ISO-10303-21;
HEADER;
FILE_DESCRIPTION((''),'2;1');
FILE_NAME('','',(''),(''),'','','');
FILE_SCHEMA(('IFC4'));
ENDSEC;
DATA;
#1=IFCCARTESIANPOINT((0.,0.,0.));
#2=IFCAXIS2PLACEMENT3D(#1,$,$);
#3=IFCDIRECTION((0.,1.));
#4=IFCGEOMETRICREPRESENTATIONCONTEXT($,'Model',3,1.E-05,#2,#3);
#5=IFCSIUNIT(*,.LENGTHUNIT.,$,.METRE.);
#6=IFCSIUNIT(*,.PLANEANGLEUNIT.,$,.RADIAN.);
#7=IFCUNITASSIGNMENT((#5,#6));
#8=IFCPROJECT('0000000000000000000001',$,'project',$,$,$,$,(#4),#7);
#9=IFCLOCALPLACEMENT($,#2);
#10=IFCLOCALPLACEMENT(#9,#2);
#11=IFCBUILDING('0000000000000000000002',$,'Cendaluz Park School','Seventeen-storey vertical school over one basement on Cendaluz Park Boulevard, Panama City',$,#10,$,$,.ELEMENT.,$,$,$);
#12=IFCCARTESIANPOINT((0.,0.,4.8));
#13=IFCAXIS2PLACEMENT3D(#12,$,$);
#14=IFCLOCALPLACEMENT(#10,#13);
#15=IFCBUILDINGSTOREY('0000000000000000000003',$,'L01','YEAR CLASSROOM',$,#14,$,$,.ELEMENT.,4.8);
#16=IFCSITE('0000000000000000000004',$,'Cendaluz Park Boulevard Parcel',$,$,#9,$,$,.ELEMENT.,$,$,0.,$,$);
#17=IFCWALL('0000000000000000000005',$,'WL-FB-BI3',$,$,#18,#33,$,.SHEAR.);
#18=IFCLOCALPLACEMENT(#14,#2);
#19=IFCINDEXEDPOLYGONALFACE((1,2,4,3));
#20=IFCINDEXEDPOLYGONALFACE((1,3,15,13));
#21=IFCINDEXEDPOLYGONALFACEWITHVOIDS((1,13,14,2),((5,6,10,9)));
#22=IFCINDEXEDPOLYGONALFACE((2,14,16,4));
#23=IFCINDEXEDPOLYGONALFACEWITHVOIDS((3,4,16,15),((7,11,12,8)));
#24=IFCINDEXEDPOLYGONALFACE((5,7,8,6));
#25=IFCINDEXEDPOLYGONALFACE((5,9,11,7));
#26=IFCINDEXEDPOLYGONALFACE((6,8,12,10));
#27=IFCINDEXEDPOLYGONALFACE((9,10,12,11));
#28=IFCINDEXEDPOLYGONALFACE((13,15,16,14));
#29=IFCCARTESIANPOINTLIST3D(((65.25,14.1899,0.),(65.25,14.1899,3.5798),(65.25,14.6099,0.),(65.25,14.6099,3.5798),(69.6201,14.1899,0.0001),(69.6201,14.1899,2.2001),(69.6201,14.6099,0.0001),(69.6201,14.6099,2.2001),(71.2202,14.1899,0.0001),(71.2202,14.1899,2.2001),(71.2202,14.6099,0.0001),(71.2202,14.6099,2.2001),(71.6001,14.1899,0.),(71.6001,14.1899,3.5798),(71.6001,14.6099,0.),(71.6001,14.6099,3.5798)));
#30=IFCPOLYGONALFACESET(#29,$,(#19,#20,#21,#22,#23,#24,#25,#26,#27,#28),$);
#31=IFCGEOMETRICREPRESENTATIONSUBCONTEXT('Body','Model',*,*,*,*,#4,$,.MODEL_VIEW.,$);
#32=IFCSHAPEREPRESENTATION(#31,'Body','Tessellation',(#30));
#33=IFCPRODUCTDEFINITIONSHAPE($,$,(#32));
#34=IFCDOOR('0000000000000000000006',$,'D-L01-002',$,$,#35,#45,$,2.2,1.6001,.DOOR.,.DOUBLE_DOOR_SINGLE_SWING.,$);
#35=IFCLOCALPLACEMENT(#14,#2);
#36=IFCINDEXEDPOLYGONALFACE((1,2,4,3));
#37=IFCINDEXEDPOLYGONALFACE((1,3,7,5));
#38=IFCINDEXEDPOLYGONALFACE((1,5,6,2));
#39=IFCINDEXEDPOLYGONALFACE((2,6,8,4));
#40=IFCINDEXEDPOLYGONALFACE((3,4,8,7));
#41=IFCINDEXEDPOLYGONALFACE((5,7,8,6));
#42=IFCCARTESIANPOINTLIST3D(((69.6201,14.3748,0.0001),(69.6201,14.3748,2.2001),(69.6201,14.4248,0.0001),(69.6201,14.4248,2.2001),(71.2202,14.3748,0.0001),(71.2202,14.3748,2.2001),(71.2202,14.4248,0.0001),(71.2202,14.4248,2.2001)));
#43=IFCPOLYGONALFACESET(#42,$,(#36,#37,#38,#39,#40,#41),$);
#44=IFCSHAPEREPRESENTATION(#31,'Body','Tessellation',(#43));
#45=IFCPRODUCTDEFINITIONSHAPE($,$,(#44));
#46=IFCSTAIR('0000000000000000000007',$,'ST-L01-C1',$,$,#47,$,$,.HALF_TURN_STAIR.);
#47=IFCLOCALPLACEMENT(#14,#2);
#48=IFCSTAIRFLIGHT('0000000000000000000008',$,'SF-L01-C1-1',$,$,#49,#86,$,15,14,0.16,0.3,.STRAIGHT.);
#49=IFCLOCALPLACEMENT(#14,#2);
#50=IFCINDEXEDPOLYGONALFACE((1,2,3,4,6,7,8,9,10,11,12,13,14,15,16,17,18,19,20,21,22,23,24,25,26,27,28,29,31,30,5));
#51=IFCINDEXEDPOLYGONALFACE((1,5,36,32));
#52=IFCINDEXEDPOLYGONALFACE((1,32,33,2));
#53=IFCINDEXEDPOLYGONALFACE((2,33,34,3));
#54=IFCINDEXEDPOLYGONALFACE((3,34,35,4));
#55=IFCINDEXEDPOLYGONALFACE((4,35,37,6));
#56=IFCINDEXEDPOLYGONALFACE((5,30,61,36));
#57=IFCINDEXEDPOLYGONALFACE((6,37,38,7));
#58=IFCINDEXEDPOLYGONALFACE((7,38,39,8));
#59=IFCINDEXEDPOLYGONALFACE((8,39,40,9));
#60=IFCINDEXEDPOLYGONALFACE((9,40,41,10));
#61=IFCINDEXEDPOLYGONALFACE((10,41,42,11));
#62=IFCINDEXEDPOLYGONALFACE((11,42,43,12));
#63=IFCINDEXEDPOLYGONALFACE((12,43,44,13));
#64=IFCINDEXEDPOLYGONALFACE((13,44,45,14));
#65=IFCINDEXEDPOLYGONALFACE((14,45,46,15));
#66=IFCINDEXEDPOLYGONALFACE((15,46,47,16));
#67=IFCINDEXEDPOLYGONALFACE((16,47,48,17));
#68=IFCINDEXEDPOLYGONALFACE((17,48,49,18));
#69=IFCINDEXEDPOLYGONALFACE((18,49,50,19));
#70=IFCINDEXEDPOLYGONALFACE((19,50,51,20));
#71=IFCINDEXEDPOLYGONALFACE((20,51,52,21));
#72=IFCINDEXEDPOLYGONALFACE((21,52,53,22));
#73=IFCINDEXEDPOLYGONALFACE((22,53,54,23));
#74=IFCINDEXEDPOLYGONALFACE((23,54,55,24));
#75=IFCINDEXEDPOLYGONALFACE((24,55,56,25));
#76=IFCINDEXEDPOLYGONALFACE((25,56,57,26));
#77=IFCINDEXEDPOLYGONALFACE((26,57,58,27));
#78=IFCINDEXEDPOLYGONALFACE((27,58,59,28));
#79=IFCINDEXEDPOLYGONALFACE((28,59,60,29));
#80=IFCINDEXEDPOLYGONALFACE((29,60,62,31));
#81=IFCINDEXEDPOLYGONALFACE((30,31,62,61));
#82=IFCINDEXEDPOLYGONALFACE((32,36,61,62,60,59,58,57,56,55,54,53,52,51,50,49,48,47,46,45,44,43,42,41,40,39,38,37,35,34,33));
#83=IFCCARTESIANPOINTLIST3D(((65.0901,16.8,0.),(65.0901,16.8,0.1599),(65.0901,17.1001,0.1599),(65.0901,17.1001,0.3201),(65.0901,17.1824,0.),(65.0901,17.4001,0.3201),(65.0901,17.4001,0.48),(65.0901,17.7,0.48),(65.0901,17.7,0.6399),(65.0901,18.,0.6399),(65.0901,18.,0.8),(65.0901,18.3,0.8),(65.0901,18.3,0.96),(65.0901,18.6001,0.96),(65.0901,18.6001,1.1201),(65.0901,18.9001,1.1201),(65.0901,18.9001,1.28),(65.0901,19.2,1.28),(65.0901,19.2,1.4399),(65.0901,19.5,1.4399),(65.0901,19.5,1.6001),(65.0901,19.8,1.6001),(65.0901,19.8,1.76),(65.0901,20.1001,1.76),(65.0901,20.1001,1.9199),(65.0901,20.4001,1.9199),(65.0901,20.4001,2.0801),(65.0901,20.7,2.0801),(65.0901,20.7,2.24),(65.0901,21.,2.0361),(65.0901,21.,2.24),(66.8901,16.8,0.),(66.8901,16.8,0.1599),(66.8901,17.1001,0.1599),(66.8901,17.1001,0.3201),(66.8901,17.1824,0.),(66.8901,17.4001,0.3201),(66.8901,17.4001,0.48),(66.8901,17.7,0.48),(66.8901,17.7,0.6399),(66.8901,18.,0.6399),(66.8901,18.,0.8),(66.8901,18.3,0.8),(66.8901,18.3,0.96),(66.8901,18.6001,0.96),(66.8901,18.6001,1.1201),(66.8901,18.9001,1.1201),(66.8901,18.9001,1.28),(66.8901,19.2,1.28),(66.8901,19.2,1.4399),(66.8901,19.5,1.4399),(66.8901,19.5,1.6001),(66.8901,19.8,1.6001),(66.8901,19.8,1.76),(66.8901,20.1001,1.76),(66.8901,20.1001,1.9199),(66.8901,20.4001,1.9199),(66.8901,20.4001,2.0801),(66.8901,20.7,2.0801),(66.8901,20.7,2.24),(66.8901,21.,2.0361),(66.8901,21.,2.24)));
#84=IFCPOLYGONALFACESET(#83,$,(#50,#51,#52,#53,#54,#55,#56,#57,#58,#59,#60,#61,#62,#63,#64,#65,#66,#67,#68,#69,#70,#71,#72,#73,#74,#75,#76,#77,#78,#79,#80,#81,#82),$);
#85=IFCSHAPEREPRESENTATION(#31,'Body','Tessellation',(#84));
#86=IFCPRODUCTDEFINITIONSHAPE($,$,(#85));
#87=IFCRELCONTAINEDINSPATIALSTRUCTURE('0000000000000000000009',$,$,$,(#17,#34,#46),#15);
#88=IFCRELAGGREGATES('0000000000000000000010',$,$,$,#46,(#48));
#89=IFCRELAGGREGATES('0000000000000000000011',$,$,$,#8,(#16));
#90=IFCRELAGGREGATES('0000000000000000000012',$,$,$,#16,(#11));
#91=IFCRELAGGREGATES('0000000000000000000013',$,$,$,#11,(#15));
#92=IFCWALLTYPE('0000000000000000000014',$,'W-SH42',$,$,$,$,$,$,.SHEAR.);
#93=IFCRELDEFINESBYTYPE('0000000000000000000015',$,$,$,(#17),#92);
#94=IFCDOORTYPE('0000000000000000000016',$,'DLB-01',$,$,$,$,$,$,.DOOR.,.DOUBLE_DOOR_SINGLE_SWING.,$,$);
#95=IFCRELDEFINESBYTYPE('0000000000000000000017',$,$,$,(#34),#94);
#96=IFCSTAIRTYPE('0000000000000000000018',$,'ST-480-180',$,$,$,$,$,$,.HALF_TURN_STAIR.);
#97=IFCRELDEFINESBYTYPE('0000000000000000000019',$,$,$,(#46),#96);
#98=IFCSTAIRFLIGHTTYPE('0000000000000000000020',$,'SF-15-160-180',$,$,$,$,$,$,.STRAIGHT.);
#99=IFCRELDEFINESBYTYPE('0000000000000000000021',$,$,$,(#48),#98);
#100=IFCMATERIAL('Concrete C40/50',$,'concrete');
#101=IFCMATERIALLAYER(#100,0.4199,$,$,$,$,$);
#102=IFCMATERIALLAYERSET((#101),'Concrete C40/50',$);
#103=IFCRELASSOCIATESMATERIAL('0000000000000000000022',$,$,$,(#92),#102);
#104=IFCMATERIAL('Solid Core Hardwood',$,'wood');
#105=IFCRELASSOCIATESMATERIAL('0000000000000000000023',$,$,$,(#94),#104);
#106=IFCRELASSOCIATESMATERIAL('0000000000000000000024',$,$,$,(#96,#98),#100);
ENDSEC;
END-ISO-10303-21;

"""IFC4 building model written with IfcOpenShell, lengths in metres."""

from ifc_helpers import new_model, si_unit, direction, frame, frame_2d, origin, place, context, subcontext, project, spatial, polyline, rectangle, outline, extrude, material, layer, layer_set, type_object, element, fill, aggregate, save


model = new_model("IFC4")

# Units and contexts
model_context = context("Model", 3, precision=1e-05, world=origin(), true_north=direction((0.0, 1.0)))
body_context = subcontext(model_context, "Body", "Model", "MODEL_VIEW")
ifc_project = project(units=[si_unit("LENGTHUNIT", "METRE"), si_unit("PLANEANGLEUNIT", "RADIAN")], contexts=[model_context])

# Site, building, storey
site_placement = place(None, origin())
site = spatial("IfcSite", under=ifc_project, at=site_placement, Name="Cendaluz Park Boulevard Parcel", CompositionType="ELEMENT", RefElevation=0.0)
building_placement = place(site_placement, origin())
building = spatial("IfcBuilding", under=site, at=building_placement, Name="Cendaluz Park School", Description="Seventeen-storey vertical school over one basement on Cendaluz Park Boulevard, Panama City", CompositionType="ELEMENT")
storey_placement = place(building_placement, frame((0.0, 0.0, 4.8)))
storey = spatial("IfcBuildingStorey", under=building, at=storey_placement, Name="L01", Description="YEAR CLASSROOM", CompositionType="ELEMENT", Elevation=4.8)

# Shared definitions
ifc_material_1 = material(Name="Concrete C40/50", Category="concrete")

# Shared definitions
ifc_material_2 = material(Name="Solid Core Hardwood", Category="wood")

# Shared definitions
ifc_layer_1 = layer(ifc_material_1, 0.4199)
ifc_layer_set_1 = layer_set([ifc_layer_1], Name="Concrete C40/50")
wall_type_1 = type_object("IfcWallType", Name="W-SH42", PredefinedType="SHEAR", material=ifc_layer_set_1)

# Wall, opening, door
wall_1_placement = place(storey_placement, frame((65.25, 14.3999, 0.0), z_axis=(0.0, 0.0, 1.0), x_axis=(1.0, 0.0, 0.0)))
wall_1 = element("IfcWall", 1, at=wall_1_placement, inside=storey, type_object=wall_type_1, Name="WL-FB-BI3", PredefinedType="SHEAR", context=body_context, shape_type="SweptSolid", body=[
    extrude(rectangle(XDim=6.3501, YDim=0.4199, at=frame_2d((3.175, 0.0))), origin(), (0.0, 0.0, 1.0), 3.5798),
])
opening_1_placement = place(wall_1_placement, frame((4.3701, 0.0, 0.0)))
opening_1 = element("IfcOpeningElement", 2, at=opening_1_placement, cuts=wall_1, PredefinedType="OPENING", context=body_context, shape_type="SweptSolid", body=[
    extrude(rectangle(XDim=1.6001, YDim=2.2, at=frame_2d((0.8, 1.1001))), frame((0.0, 0.2219, 0.0), z_axis=(0.0, -1.0, 0.0), x_axis=(1.0, 0.0, 0.0)), (0.0, 0.0, 1.0), 0.4438),
])
door_type_1 = type_object("IfcDoorType", Name="DLB-01", OperationType="DOUBLE_DOOR_SINGLE_SWING", PredefinedType="DOOR", material=ifc_material_2)
door_1_placement = place(opening_1_placement, origin())
door_1 = element("IfcDoor", 3, at=door_1_placement, inside=storey, type_object=door_type_1, Name="D-L01-002", OperationType="DOUBLE_DOOR_SINGLE_SWING", OverallHeight=2.2, OverallWidth=1.6001, PredefinedType="DOOR", context=body_context, shape_type="SweptSolid", body=[
    extrude(rectangle(XDim=1.6001, YDim=2.2, at=frame_2d((0.8, 1.1001))), frame((0.0, 0.0249, 0.0), z_axis=(0.0, -1.0, 0.0), x_axis=(1.0, 0.0, 0.0)), (0.0, 0.0, 1.0), 0.05),
])
fill(opening_1, door_1)

# Stair, stair flight
stair_type = type_object("IfcStairType", Name="ST-480-180", PredefinedType="HALF_TURN_STAIR", material=ifc_material_1)
stair_placement = place(storey_placement, origin())
stair = element("IfcStair", 4, at=stair_placement, inside=storey, type_object=stair_type, Name="ST-L01-C1", PredefinedType="HALF_TURN_STAIR")
stair_flight_type = type_object("IfcStairFlightType", Name="SF-15-160-180", PredefinedType="STRAIGHT", material=ifc_material_1)
stair_flight_placement = place(storey_placement, frame((65.99, 16.8, 0.0), z_axis=(0.0, 0.0, 1.0), x_axis=(0.0, 1.0, 0.0)))
stair_flight = element("IfcStairFlight", 5, at=stair_flight_placement, type_object=stair_flight_type, Name="SF-L01-C1-1", NumberOfRisers=15, NumberOfTreads=14, PredefinedType="STRAIGHT", RiserHeight=0.16, TreadLength=0.3, context=body_context, shape_type="SweptSolid", body=[
    extrude(outline(polyline([(0.0, 0.0), (0.0, 0.1599), (0.3, 0.1599), (0.3, 0.3201), (0.6001, 0.3201), (0.6001, 0.48), (0.8999, 0.48), (0.8999, 0.6399), (1.2, 0.6399), (1.2, 0.8), (1.5, 0.8), (1.5, 0.96), (1.8, 0.96), (1.8, 1.1201), (2.1001, 1.1201), (2.1001, 1.28), (2.3999, 1.28), (2.3999, 1.4399), (2.7, 1.4399), (2.7, 1.6001), (3.0, 1.6001), (3.0, 1.76), (3.3, 1.76), (3.3, 1.9199), (3.6001, 1.9199), (3.6001, 2.0801), (3.8999, 2.0801), (3.8999, 2.24), (4.2, 2.24), (4.2, 2.3999), (4.2, 2.0361), (0.3823, 0.0), (0.0, 0.0)])), frame((0.0, 0.8999, 0.0), z_axis=(0.0, -1.0, 0.0), x_axis=(1.0, 0.0, 0.0)), (0.0, 0.0, 1.0), 1.8),
])
aggregate(stair, [stair_flight])

save(model, "model.ifc")
